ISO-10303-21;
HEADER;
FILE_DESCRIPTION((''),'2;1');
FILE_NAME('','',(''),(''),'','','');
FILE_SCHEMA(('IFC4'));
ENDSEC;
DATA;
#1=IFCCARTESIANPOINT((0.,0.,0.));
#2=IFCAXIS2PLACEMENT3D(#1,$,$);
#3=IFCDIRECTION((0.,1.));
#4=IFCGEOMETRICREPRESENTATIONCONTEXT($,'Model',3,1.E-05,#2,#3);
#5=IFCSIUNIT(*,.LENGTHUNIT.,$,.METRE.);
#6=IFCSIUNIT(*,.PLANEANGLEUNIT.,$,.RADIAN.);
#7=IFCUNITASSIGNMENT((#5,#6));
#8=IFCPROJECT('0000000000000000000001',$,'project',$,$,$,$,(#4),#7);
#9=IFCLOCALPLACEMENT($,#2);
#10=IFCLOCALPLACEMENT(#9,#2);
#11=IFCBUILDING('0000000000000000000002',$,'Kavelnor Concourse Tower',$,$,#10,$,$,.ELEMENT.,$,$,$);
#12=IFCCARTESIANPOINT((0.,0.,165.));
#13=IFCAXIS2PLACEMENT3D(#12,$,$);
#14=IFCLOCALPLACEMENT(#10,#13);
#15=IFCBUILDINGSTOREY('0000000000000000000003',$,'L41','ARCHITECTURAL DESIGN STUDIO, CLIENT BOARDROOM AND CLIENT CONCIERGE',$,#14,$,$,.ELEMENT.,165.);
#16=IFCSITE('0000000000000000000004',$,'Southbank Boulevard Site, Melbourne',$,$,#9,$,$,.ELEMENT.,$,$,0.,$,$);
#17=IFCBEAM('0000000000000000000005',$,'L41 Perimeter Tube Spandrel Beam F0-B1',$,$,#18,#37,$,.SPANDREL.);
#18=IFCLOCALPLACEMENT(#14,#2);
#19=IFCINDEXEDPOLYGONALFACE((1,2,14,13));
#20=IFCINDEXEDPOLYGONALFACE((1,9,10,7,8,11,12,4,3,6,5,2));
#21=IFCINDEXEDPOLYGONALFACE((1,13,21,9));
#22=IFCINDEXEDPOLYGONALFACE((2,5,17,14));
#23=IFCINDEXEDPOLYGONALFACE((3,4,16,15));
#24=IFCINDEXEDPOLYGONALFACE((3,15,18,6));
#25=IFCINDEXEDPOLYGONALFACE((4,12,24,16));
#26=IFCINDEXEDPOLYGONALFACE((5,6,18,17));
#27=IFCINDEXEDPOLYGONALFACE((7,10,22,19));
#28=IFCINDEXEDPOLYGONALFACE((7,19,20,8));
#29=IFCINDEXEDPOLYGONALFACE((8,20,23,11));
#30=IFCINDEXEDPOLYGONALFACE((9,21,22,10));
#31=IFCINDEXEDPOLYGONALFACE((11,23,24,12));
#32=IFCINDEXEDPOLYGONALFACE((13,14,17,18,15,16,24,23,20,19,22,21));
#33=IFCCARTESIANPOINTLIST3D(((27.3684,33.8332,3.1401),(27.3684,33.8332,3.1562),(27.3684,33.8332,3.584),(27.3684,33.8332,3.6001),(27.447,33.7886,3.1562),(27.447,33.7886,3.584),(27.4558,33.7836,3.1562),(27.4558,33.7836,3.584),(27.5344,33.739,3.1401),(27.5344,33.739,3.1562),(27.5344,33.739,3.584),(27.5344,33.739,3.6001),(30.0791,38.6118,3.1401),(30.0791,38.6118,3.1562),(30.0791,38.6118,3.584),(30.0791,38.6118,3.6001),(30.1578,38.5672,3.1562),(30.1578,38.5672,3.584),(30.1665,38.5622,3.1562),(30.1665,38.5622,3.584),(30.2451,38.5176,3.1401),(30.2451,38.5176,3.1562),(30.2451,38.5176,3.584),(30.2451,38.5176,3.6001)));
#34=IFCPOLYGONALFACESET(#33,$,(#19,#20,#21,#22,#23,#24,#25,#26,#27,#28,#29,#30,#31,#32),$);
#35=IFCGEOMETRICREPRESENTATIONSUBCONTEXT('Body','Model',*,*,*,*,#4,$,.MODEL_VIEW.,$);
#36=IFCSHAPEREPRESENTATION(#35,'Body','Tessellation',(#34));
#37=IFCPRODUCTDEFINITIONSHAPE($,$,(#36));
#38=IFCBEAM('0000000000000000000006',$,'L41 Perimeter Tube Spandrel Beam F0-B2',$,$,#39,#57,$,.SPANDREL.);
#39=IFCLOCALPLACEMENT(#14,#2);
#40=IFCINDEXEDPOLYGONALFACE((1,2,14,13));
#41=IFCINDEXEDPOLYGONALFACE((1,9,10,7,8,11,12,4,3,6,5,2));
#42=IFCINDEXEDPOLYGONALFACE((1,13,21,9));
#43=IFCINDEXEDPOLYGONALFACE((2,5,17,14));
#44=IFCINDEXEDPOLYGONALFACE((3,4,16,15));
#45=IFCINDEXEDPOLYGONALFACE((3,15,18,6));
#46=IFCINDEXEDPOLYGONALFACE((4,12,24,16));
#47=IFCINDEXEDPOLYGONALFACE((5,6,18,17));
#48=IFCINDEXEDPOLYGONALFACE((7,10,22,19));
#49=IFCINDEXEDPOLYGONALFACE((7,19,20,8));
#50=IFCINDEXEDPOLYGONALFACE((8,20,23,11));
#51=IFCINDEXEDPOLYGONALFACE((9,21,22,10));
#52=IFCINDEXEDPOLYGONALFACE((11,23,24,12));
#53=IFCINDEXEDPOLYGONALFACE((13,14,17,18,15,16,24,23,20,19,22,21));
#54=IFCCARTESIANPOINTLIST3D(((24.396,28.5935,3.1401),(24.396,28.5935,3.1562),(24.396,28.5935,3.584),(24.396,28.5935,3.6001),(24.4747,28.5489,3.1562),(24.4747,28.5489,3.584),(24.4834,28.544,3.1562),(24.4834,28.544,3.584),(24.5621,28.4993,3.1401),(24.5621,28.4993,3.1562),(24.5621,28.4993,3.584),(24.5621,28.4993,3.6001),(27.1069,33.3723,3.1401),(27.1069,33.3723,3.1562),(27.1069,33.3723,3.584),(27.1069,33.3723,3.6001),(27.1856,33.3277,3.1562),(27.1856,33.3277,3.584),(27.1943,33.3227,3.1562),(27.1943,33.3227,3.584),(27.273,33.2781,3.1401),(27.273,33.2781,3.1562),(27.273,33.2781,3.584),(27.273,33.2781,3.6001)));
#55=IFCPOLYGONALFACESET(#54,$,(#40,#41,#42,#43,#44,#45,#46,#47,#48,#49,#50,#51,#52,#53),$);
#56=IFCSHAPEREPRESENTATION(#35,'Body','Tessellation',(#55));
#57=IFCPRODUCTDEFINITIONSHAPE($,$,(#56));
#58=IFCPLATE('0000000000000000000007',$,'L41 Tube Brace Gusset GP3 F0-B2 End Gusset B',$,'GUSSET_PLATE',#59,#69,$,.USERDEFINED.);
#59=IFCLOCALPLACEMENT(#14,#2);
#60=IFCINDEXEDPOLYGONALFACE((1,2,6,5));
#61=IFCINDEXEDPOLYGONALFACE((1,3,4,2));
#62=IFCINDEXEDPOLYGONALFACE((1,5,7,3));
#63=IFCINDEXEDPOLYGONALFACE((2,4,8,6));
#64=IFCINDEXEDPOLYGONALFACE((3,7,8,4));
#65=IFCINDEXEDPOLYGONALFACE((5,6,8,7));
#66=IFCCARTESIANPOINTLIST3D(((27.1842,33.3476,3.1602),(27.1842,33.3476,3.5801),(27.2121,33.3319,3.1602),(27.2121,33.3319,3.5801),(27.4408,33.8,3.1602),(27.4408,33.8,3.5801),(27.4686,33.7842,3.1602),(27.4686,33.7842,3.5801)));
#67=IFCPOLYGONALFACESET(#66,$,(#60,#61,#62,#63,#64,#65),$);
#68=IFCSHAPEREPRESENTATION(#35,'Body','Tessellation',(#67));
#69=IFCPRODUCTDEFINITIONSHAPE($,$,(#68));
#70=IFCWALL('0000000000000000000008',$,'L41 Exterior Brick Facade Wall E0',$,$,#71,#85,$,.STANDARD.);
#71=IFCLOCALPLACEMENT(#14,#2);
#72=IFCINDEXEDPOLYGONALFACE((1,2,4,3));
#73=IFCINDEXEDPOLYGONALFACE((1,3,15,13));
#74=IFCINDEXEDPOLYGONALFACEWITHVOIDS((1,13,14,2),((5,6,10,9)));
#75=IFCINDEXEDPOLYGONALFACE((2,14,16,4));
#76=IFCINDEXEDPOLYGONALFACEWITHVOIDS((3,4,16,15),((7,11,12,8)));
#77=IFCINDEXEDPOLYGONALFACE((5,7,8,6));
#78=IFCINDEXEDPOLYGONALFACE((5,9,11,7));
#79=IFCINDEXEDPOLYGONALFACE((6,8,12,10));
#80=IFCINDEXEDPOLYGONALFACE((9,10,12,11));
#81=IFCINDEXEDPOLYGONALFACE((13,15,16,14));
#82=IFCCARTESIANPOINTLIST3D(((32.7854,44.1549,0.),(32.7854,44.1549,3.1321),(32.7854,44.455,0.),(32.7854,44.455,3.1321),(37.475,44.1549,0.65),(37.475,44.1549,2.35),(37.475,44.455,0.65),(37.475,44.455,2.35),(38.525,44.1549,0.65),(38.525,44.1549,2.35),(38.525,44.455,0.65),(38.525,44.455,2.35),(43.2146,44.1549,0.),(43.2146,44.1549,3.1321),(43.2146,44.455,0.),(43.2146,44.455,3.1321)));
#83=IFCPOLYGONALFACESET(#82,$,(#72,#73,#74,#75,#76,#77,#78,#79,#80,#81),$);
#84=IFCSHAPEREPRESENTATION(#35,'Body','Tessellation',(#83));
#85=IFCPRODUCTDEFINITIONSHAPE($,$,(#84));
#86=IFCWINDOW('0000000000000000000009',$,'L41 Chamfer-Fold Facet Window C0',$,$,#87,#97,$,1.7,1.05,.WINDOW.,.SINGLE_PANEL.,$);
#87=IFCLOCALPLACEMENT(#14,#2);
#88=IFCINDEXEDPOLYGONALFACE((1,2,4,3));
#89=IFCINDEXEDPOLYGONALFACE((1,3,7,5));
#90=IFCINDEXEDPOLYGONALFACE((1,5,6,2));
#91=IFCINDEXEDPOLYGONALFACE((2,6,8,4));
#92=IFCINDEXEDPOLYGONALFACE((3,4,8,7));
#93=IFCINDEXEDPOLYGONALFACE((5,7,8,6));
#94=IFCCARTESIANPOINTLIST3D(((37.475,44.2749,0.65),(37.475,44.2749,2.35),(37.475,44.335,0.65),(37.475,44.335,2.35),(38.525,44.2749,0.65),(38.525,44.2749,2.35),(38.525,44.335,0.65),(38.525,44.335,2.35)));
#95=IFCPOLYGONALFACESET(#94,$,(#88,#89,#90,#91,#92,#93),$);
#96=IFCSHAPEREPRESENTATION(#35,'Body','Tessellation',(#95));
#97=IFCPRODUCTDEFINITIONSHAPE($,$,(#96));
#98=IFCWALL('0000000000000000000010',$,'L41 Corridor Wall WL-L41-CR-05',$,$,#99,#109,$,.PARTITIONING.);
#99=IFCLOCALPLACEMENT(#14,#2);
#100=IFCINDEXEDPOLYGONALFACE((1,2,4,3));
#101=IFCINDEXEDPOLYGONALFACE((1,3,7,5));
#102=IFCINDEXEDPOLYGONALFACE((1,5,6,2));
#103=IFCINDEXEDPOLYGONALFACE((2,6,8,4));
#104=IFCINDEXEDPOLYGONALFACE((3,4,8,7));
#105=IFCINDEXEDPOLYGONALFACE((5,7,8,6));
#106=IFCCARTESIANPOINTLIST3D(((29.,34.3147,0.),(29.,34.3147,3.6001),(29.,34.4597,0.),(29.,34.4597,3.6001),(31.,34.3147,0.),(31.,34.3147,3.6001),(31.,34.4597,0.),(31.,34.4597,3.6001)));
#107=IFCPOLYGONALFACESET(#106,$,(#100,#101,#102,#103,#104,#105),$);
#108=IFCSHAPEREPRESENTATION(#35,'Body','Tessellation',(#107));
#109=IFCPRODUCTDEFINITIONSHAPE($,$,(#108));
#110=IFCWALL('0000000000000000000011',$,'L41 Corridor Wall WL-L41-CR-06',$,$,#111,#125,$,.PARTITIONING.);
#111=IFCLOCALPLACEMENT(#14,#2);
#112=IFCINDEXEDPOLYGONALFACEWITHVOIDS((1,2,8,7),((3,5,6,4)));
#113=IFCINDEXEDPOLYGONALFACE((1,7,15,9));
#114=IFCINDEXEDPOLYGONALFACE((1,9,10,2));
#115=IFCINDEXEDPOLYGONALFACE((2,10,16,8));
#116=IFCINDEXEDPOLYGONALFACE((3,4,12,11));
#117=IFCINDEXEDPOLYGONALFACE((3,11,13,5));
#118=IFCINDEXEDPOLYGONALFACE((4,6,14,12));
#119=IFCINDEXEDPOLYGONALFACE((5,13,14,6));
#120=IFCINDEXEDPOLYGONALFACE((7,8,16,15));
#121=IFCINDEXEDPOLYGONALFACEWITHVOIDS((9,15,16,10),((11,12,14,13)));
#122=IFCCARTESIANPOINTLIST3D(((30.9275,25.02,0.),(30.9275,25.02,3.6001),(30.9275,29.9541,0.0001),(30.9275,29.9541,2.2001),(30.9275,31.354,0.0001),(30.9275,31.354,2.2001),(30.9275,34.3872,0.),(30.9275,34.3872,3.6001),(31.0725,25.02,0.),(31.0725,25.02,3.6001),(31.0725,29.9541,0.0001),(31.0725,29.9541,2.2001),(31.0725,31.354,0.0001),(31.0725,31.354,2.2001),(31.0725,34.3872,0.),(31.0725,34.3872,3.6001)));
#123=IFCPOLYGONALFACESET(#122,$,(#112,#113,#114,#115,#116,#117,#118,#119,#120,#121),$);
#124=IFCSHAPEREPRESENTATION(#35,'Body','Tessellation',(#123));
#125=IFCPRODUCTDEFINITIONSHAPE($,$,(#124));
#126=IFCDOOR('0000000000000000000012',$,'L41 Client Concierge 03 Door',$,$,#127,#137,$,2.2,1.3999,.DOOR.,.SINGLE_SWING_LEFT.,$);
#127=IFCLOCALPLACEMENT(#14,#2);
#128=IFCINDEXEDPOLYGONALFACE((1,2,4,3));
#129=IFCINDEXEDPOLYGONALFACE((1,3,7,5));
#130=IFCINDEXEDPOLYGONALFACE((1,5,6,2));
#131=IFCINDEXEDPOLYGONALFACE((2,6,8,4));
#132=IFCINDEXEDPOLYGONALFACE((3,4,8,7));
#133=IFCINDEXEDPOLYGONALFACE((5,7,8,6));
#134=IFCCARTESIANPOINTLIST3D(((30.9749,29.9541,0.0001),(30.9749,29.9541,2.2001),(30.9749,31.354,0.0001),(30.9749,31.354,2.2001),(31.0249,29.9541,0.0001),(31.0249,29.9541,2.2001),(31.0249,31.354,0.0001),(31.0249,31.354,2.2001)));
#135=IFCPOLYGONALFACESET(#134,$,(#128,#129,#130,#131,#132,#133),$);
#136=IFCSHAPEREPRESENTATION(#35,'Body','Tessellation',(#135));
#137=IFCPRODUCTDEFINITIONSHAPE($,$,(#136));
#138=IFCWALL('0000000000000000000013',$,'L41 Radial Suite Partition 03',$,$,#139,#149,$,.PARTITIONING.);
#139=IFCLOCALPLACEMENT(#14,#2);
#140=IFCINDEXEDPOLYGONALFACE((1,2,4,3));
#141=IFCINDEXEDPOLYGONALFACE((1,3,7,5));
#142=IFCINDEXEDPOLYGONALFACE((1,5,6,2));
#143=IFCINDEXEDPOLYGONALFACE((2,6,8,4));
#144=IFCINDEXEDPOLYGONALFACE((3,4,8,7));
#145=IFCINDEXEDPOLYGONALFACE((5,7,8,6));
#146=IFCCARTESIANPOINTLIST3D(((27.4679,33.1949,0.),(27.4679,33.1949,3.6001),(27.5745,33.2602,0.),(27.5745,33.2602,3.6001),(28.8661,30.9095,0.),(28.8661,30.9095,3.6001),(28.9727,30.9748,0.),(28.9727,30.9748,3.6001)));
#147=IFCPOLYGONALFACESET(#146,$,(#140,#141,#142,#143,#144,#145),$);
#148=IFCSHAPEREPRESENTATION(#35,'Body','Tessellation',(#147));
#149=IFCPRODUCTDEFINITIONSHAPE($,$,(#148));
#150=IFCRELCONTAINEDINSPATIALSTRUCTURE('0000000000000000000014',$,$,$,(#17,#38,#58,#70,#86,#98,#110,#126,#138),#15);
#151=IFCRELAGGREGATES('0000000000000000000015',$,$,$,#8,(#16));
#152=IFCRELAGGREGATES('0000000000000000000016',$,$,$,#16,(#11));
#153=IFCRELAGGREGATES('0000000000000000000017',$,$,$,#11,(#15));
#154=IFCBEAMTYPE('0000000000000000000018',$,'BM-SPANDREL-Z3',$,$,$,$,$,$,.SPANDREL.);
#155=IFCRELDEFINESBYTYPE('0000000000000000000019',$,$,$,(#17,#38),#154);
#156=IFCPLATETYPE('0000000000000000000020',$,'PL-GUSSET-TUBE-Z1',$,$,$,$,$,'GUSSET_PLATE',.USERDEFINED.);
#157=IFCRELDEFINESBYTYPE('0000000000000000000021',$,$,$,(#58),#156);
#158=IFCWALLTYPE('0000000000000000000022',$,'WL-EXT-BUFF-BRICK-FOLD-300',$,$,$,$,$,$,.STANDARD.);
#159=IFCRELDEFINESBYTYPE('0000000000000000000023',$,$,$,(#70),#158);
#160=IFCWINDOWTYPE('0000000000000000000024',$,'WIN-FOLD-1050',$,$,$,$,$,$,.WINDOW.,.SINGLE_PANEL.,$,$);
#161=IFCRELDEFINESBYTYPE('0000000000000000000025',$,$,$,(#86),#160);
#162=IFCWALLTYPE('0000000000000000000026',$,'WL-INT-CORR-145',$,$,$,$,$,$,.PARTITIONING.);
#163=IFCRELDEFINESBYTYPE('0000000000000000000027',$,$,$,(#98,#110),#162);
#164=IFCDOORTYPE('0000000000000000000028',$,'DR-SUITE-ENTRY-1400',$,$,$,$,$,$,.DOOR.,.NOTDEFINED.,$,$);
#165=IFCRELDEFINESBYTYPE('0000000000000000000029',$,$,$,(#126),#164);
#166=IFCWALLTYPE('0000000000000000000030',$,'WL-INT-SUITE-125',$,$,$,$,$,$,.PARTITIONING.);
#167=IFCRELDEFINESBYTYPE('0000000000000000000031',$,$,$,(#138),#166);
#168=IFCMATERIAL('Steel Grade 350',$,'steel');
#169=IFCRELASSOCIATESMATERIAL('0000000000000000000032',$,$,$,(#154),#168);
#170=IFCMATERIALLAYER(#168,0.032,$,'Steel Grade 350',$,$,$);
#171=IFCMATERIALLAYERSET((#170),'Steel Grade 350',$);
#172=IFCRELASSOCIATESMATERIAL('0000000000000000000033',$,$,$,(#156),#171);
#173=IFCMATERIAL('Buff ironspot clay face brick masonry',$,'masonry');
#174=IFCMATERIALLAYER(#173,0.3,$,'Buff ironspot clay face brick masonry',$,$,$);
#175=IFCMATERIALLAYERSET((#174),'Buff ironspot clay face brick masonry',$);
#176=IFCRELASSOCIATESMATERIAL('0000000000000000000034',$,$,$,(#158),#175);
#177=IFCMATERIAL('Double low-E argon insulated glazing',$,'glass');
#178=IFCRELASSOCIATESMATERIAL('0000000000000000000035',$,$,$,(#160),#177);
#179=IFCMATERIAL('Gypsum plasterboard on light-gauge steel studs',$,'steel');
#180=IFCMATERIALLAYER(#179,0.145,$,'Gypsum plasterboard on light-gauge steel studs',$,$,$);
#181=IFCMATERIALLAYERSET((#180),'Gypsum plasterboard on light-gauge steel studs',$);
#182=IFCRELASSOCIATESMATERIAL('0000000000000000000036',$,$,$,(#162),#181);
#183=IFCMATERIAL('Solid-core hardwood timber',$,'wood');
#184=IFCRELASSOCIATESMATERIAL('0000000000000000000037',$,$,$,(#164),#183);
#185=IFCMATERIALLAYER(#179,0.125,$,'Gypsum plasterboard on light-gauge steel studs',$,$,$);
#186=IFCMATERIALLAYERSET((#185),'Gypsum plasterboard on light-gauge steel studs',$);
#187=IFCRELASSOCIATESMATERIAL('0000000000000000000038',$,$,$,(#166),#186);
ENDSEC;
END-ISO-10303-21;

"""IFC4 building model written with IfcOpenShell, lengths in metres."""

from ifc_helpers import new_model, si_unit, direction, frame, frame_2d, origin, origin_2d, place, context, subcontext, project, spatial, rectangle, i_section, extrude, material, layer, layer_set, material_profile, profile_set, type_object, element, fill, save


model = new_model("IFC4")

# Units and contexts
model_context = context("Model", 3, precision=1e-05, world=origin(), true_north=direction((0.0, 1.0)))
body_context = subcontext(model_context, "Body", "Model", "MODEL_VIEW")
ifc_project = project(units=[si_unit("LENGTHUNIT", "METRE"), si_unit("PLANEANGLEUNIT", "RADIAN")], contexts=[model_context])

# Site, building, storey
site_placement = place(None, origin())
site = spatial("IfcSite", under=ifc_project, at=site_placement, Name="Southbank Boulevard Site, Melbourne", CompositionType="ELEMENT", RefElevation=0.0)
building_placement = place(site_placement, origin())
building = spatial("IfcBuilding", under=site, at=building_placement, Name="Kavelnor Concourse Tower", CompositionType="ELEMENT")
storey_placement = place(building_placement, frame((0.0, 0.0, 165.0)))
storey = spatial("IfcBuildingStorey", under=building, at=storey_placement, Name="L41", Description="ARCHITECTURAL DESIGN STUDIO, CLIENT BOARDROOM AND CLIENT CONCIERGE", CompositionType="ELEMENT", Elevation=165.0)

# Shared definitions
ifc_material_1 = material(Name="Steel Grade 350", Category="steel")

# Beams
ifc_material_profile_1 = material_profile(ifc_material_1, i_section(OverallWidth=0.1909, OverallDepth=0.46, WebThickness=0.01, FlangeThickness=0.0161, at=origin_2d()), Name="460UB82")
ifc_profile_set_1 = profile_set([ifc_material_profile_1], Name="Steel Grade 350")
beam_type_1 = type_object("IfcBeamType", Name="BM-SPANDREL-Z3", PredefinedType="SPANDREL", material=ifc_profile_set_1)
for number, where, z_axis, x_axis, name in (
    (1, (30.1621, 38.5647, 3.3701), (-0.493404, -0.8698, 0.0), (0.8698, -0.493404, 0.0), "L41 Perimeter Tube Spandrel Beam F0-B1"),
):
    element("IfcBeam", number, at=place(storey_placement, frame(where, z_axis=z_axis, x_axis=x_axis)), inside=storey, type_object=beam_type_1, Name=name, PredefinedType="SPANDREL", context=body_context, shape_type="SweptSolid", body=[
        extrude(i_section(OverallWidth=0.1909, OverallDepth=0.46, WebThickness=0.01, FlangeThickness=0.0161, at=origin_2d()), origin(), (0.0, 0.0, 1.0), 5.4939),
    ])
beam_1_placement = place(storey_placement, frame((27.1899, 33.3252, 3.3701), z_axis=(-0.493418, -0.869792, 0.0), x_axis=(0.869792, -0.493418, 0.0)))
element("IfcBeam", 2, at=beam_1_placement, inside=storey, type_object=beam_type_1, Name="L41 Perimeter Tube Spandrel Beam F0-B2", PredefinedType="SPANDREL", context=body_context, shape_type="SweptSolid", body=[
    extrude(i_section(OverallWidth=0.1909, OverallDepth=0.46, WebThickness=0.01, FlangeThickness=0.0161, at=origin_2d()), origin(), (0.0, 0.0, 1.0), 5.4941),
])

# Plate
ifc_layer_1 = layer(ifc_material_1, 0.032, Name="Steel Grade 350")
ifc_layer_set_1 = layer_set([ifc_layer_1], Name="Steel Grade 350")
plate_type = type_object("IfcPlateType", Name="PL-GUSSET-TUBE-Z1", ElementType="GUSSET_PLATE", PredefinedType="USERDEFINED", material=ifc_layer_set_1)
plate_placement = place(storey_placement, frame((27.3264, 33.5659, 3.1602), z_axis=(0.0, 0.0, 1.0), x_axis=(0.493335, 0.86984, 0.0)))
element("IfcPlate", 3, at=plate_placement, inside=storey, type_object=plate_type, Name="L41 Tube Brace Gusset GP3 F0-B2 End Gusset B", ObjectType="GUSSET_PLATE", PredefinedType="USERDEFINED", context=body_context, shape_type="SweptSolid", body=[
    extrude(rectangle(XDim=0.52, YDim=0.032, at=origin_2d()), origin(), (0.0, 0.0, 1.0), 0.4199),
])

# Wall, opening, window
ifc_material_2 = material(Name="Buff ironspot clay face brick masonry", Category="masonry")
ifc_layer_2 = layer(ifc_material_2, 0.3, Name="Buff ironspot clay face brick masonry")
ifc_layer_set_2 = layer_set([ifc_layer_2], Name="Buff ironspot clay face brick masonry")
wall_type_1 = type_object("IfcWallType", Name="WL-EXT-BUFF-BRICK-FOLD-300", PredefinedType="STANDARD", material=ifc_layer_set_2)
wall_1_placement = place(storey_placement, frame((32.7854, 44.3049, 0.0), z_axis=(0.0, 0.0, 1.0), x_axis=(1.0, 0.0, 0.0)))
wall_1 = element("IfcWall", 4, at=wall_1_placement, inside=storey, type_object=wall_type_1, Name="L41 Exterior Brick Facade Wall E0", PredefinedType="STANDARD", context=body_context, shape_type="SweptSolid", body=[
    extrude(rectangle(XDim=10.4292, YDim=0.3, at=frame_2d((5.2146, 0.0))), origin(), (0.0, 0.0, 1.0), 3.1321),
])
opening_1_placement = place(wall_1_placement, frame((4.6897, 0.0, 0.6499)))
opening_1 = element("IfcOpeningElement", 5, at=opening_1_placement, cuts=wall_1, PredefinedType="OPENING", context=body_context, shape_type="SweptSolid", body=[
    extrude(rectangle(XDim=1.05, YDim=1.7, at=frame_2d((0.5249, 0.8501))), frame((0.0, 0.1602, 0.0), z_axis=(0.0, -1.0, 0.0), x_axis=(1.0, 0.0, 0.0)), (0.0, 0.0, 1.0), 0.3201),
])
ifc_material_3 = material(Name="Double low-E argon insulated glazing", Category="glass")
window_type = type_object("IfcWindowType", Name="WIN-FOLD-1050", PartitioningType="SINGLE_PANEL", PredefinedType="WINDOW", material=ifc_material_3)
window_placement = place(opening_1_placement, origin())
window = element("IfcWindow", 6, at=window_placement, inside=storey, type_object=window_type, Name="L41 Chamfer-Fold Facet Window C0", OverallHeight=1.7, OverallWidth=1.05, PartitioningType="SINGLE_PANEL", PredefinedType="WINDOW", context=body_context, shape_type="SweptSolid", body=[
    extrude(rectangle(XDim=1.05, YDim=1.7, at=frame_2d((0.5249, 0.8501))), frame((0.0, 0.03, 0.0), z_axis=(0.0, -1.0, 0.0), x_axis=(1.0, 0.0, 0.0)), (0.0, 0.0, 1.0), 0.0601),
])
fill(opening_1, window)

# Wall
ifc_material_4 = material(Name="Gypsum plasterboard on light-gauge steel studs", Category="steel")
ifc_layer_3 = layer(ifc_material_4, 0.145, Name="Gypsum plasterboard on light-gauge steel studs")
ifc_layer_set_3 = layer_set([ifc_layer_3], Name="Gypsum plasterboard on light-gauge steel studs")
wall_type_2 = type_object("IfcWallType", Name="WL-INT-CORR-145", PredefinedType="PARTITIONING", material=ifc_layer_set_3)
wall_2_placement = place(storey_placement, frame((29.0, 34.3872, 0.0), z_axis=(0.0, 0.0, 1.0), x_axis=(1.0, 0.0, 0.0)))
element("IfcWall", 7, at=wall_2_placement, inside=storey, type_object=wall_type_2, Name="L41 Corridor Wall WL-L41-CR-05", PredefinedType="PARTITIONING", context=body_context, shape_type="SweptSolid", body=[
    extrude(rectangle(XDim=2.0, YDim=0.145, at=frame_2d((1.0, 0.0))), origin(), (0.0, 0.0, 1.0), 3.6001),
])

# Wall, opening, door
wall_3_placement = place(storey_placement, frame((31.0, 34.3872, 0.0), z_axis=(0.0, 0.0, 1.0), x_axis=(0.0, -1.0, 0.0)))
wall_3 = element("IfcWall", 8, at=wall_3_placement, inside=storey, type_object=wall_type_2, Name="L41 Corridor Wall WL-L41-CR-06", PredefinedType="PARTITIONING", context=body_context, shape_type="SweptSolid", body=[
    extrude(rectangle(XDim=9.3672, YDim=0.145, at=frame_2d((4.6836, 0.0))), origin(), (0.0, 0.0, 1.0), 3.6001),
])
opening_2_placement = place(wall_3_placement, frame((3.0332, 0.0, 0.0)))
opening_2 = element("IfcOpeningElement", 9, at=opening_2_placement, cuts=wall_3, PredefinedType="OPENING", context=body_context, shape_type="SweptSolid", body=[
    extrude(rectangle(XDim=1.3999, YDim=2.2, at=frame_2d((0.7, 1.1001))), frame((0.0, 0.0825, 0.0), z_axis=(0.0, -1.0, 0.0), x_axis=(1.0, 0.0, 0.0)), (0.0, 0.0, 1.0), 0.165),
])
ifc_material_5 = material(Name="Solid-core hardwood timber", Category="wood")
door_type = type_object("IfcDoorType", Name="DR-SUITE-ENTRY-1400", OperationType="NOTDEFINED", PredefinedType="DOOR", material=ifc_material_5)
door_placement = place(opening_2_placement, origin())
door = element("IfcDoor", 10, at=door_placement, inside=storey, type_object=door_type, Name="L41 Client Concierge 03 Door", OperationType="SINGLE_SWING_LEFT", OverallHeight=2.2, OverallWidth=1.3999, PredefinedType="DOOR", context=body_context, shape_type="SweptSolid", body=[
    extrude(rectangle(XDim=1.3999, YDim=2.2, at=frame_2d((0.7, 1.1001))), frame((0.0, 0.0249, 0.0), z_axis=(0.0, -1.0, 0.0), x_axis=(1.0, 0.0, 0.0)), (0.0, 0.0, 1.0), 0.05),
])
fill(opening_2, door)

# Wall
ifc_layer_4 = layer(ifc_material_4, 0.125, Name="Gypsum plasterboard on light-gauge steel studs")
ifc_layer_set_4 = layer_set([ifc_layer_4], Name="Gypsum plasterboard on light-gauge steel studs")
wall_type_3 = type_object("IfcWallType", Name="WL-INT-SUITE-125", PredefinedType="PARTITIONING", material=ifc_layer_set_4)
wall_4_placement = place(storey_placement, frame((28.9194, 30.9421, 0.0), z_axis=(0.0, 0.0, 1.0), x_axis=(-0.521874, 0.853023, 0.0)))
element("IfcWall", 11, at=wall_4_placement, inside=storey, type_object=wall_type_3, Name="L41 Radial Suite Partition 03", PredefinedType="PARTITIONING", context=body_context, shape_type="SweptSolid", body=[
    extrude(rectangle(XDim=2.6792, YDim=0.125, at=frame_2d((1.3396, 0.0))), origin(), (0.0, 0.0, 1.0), 3.6001),
])

save(model, "model.ifc")
